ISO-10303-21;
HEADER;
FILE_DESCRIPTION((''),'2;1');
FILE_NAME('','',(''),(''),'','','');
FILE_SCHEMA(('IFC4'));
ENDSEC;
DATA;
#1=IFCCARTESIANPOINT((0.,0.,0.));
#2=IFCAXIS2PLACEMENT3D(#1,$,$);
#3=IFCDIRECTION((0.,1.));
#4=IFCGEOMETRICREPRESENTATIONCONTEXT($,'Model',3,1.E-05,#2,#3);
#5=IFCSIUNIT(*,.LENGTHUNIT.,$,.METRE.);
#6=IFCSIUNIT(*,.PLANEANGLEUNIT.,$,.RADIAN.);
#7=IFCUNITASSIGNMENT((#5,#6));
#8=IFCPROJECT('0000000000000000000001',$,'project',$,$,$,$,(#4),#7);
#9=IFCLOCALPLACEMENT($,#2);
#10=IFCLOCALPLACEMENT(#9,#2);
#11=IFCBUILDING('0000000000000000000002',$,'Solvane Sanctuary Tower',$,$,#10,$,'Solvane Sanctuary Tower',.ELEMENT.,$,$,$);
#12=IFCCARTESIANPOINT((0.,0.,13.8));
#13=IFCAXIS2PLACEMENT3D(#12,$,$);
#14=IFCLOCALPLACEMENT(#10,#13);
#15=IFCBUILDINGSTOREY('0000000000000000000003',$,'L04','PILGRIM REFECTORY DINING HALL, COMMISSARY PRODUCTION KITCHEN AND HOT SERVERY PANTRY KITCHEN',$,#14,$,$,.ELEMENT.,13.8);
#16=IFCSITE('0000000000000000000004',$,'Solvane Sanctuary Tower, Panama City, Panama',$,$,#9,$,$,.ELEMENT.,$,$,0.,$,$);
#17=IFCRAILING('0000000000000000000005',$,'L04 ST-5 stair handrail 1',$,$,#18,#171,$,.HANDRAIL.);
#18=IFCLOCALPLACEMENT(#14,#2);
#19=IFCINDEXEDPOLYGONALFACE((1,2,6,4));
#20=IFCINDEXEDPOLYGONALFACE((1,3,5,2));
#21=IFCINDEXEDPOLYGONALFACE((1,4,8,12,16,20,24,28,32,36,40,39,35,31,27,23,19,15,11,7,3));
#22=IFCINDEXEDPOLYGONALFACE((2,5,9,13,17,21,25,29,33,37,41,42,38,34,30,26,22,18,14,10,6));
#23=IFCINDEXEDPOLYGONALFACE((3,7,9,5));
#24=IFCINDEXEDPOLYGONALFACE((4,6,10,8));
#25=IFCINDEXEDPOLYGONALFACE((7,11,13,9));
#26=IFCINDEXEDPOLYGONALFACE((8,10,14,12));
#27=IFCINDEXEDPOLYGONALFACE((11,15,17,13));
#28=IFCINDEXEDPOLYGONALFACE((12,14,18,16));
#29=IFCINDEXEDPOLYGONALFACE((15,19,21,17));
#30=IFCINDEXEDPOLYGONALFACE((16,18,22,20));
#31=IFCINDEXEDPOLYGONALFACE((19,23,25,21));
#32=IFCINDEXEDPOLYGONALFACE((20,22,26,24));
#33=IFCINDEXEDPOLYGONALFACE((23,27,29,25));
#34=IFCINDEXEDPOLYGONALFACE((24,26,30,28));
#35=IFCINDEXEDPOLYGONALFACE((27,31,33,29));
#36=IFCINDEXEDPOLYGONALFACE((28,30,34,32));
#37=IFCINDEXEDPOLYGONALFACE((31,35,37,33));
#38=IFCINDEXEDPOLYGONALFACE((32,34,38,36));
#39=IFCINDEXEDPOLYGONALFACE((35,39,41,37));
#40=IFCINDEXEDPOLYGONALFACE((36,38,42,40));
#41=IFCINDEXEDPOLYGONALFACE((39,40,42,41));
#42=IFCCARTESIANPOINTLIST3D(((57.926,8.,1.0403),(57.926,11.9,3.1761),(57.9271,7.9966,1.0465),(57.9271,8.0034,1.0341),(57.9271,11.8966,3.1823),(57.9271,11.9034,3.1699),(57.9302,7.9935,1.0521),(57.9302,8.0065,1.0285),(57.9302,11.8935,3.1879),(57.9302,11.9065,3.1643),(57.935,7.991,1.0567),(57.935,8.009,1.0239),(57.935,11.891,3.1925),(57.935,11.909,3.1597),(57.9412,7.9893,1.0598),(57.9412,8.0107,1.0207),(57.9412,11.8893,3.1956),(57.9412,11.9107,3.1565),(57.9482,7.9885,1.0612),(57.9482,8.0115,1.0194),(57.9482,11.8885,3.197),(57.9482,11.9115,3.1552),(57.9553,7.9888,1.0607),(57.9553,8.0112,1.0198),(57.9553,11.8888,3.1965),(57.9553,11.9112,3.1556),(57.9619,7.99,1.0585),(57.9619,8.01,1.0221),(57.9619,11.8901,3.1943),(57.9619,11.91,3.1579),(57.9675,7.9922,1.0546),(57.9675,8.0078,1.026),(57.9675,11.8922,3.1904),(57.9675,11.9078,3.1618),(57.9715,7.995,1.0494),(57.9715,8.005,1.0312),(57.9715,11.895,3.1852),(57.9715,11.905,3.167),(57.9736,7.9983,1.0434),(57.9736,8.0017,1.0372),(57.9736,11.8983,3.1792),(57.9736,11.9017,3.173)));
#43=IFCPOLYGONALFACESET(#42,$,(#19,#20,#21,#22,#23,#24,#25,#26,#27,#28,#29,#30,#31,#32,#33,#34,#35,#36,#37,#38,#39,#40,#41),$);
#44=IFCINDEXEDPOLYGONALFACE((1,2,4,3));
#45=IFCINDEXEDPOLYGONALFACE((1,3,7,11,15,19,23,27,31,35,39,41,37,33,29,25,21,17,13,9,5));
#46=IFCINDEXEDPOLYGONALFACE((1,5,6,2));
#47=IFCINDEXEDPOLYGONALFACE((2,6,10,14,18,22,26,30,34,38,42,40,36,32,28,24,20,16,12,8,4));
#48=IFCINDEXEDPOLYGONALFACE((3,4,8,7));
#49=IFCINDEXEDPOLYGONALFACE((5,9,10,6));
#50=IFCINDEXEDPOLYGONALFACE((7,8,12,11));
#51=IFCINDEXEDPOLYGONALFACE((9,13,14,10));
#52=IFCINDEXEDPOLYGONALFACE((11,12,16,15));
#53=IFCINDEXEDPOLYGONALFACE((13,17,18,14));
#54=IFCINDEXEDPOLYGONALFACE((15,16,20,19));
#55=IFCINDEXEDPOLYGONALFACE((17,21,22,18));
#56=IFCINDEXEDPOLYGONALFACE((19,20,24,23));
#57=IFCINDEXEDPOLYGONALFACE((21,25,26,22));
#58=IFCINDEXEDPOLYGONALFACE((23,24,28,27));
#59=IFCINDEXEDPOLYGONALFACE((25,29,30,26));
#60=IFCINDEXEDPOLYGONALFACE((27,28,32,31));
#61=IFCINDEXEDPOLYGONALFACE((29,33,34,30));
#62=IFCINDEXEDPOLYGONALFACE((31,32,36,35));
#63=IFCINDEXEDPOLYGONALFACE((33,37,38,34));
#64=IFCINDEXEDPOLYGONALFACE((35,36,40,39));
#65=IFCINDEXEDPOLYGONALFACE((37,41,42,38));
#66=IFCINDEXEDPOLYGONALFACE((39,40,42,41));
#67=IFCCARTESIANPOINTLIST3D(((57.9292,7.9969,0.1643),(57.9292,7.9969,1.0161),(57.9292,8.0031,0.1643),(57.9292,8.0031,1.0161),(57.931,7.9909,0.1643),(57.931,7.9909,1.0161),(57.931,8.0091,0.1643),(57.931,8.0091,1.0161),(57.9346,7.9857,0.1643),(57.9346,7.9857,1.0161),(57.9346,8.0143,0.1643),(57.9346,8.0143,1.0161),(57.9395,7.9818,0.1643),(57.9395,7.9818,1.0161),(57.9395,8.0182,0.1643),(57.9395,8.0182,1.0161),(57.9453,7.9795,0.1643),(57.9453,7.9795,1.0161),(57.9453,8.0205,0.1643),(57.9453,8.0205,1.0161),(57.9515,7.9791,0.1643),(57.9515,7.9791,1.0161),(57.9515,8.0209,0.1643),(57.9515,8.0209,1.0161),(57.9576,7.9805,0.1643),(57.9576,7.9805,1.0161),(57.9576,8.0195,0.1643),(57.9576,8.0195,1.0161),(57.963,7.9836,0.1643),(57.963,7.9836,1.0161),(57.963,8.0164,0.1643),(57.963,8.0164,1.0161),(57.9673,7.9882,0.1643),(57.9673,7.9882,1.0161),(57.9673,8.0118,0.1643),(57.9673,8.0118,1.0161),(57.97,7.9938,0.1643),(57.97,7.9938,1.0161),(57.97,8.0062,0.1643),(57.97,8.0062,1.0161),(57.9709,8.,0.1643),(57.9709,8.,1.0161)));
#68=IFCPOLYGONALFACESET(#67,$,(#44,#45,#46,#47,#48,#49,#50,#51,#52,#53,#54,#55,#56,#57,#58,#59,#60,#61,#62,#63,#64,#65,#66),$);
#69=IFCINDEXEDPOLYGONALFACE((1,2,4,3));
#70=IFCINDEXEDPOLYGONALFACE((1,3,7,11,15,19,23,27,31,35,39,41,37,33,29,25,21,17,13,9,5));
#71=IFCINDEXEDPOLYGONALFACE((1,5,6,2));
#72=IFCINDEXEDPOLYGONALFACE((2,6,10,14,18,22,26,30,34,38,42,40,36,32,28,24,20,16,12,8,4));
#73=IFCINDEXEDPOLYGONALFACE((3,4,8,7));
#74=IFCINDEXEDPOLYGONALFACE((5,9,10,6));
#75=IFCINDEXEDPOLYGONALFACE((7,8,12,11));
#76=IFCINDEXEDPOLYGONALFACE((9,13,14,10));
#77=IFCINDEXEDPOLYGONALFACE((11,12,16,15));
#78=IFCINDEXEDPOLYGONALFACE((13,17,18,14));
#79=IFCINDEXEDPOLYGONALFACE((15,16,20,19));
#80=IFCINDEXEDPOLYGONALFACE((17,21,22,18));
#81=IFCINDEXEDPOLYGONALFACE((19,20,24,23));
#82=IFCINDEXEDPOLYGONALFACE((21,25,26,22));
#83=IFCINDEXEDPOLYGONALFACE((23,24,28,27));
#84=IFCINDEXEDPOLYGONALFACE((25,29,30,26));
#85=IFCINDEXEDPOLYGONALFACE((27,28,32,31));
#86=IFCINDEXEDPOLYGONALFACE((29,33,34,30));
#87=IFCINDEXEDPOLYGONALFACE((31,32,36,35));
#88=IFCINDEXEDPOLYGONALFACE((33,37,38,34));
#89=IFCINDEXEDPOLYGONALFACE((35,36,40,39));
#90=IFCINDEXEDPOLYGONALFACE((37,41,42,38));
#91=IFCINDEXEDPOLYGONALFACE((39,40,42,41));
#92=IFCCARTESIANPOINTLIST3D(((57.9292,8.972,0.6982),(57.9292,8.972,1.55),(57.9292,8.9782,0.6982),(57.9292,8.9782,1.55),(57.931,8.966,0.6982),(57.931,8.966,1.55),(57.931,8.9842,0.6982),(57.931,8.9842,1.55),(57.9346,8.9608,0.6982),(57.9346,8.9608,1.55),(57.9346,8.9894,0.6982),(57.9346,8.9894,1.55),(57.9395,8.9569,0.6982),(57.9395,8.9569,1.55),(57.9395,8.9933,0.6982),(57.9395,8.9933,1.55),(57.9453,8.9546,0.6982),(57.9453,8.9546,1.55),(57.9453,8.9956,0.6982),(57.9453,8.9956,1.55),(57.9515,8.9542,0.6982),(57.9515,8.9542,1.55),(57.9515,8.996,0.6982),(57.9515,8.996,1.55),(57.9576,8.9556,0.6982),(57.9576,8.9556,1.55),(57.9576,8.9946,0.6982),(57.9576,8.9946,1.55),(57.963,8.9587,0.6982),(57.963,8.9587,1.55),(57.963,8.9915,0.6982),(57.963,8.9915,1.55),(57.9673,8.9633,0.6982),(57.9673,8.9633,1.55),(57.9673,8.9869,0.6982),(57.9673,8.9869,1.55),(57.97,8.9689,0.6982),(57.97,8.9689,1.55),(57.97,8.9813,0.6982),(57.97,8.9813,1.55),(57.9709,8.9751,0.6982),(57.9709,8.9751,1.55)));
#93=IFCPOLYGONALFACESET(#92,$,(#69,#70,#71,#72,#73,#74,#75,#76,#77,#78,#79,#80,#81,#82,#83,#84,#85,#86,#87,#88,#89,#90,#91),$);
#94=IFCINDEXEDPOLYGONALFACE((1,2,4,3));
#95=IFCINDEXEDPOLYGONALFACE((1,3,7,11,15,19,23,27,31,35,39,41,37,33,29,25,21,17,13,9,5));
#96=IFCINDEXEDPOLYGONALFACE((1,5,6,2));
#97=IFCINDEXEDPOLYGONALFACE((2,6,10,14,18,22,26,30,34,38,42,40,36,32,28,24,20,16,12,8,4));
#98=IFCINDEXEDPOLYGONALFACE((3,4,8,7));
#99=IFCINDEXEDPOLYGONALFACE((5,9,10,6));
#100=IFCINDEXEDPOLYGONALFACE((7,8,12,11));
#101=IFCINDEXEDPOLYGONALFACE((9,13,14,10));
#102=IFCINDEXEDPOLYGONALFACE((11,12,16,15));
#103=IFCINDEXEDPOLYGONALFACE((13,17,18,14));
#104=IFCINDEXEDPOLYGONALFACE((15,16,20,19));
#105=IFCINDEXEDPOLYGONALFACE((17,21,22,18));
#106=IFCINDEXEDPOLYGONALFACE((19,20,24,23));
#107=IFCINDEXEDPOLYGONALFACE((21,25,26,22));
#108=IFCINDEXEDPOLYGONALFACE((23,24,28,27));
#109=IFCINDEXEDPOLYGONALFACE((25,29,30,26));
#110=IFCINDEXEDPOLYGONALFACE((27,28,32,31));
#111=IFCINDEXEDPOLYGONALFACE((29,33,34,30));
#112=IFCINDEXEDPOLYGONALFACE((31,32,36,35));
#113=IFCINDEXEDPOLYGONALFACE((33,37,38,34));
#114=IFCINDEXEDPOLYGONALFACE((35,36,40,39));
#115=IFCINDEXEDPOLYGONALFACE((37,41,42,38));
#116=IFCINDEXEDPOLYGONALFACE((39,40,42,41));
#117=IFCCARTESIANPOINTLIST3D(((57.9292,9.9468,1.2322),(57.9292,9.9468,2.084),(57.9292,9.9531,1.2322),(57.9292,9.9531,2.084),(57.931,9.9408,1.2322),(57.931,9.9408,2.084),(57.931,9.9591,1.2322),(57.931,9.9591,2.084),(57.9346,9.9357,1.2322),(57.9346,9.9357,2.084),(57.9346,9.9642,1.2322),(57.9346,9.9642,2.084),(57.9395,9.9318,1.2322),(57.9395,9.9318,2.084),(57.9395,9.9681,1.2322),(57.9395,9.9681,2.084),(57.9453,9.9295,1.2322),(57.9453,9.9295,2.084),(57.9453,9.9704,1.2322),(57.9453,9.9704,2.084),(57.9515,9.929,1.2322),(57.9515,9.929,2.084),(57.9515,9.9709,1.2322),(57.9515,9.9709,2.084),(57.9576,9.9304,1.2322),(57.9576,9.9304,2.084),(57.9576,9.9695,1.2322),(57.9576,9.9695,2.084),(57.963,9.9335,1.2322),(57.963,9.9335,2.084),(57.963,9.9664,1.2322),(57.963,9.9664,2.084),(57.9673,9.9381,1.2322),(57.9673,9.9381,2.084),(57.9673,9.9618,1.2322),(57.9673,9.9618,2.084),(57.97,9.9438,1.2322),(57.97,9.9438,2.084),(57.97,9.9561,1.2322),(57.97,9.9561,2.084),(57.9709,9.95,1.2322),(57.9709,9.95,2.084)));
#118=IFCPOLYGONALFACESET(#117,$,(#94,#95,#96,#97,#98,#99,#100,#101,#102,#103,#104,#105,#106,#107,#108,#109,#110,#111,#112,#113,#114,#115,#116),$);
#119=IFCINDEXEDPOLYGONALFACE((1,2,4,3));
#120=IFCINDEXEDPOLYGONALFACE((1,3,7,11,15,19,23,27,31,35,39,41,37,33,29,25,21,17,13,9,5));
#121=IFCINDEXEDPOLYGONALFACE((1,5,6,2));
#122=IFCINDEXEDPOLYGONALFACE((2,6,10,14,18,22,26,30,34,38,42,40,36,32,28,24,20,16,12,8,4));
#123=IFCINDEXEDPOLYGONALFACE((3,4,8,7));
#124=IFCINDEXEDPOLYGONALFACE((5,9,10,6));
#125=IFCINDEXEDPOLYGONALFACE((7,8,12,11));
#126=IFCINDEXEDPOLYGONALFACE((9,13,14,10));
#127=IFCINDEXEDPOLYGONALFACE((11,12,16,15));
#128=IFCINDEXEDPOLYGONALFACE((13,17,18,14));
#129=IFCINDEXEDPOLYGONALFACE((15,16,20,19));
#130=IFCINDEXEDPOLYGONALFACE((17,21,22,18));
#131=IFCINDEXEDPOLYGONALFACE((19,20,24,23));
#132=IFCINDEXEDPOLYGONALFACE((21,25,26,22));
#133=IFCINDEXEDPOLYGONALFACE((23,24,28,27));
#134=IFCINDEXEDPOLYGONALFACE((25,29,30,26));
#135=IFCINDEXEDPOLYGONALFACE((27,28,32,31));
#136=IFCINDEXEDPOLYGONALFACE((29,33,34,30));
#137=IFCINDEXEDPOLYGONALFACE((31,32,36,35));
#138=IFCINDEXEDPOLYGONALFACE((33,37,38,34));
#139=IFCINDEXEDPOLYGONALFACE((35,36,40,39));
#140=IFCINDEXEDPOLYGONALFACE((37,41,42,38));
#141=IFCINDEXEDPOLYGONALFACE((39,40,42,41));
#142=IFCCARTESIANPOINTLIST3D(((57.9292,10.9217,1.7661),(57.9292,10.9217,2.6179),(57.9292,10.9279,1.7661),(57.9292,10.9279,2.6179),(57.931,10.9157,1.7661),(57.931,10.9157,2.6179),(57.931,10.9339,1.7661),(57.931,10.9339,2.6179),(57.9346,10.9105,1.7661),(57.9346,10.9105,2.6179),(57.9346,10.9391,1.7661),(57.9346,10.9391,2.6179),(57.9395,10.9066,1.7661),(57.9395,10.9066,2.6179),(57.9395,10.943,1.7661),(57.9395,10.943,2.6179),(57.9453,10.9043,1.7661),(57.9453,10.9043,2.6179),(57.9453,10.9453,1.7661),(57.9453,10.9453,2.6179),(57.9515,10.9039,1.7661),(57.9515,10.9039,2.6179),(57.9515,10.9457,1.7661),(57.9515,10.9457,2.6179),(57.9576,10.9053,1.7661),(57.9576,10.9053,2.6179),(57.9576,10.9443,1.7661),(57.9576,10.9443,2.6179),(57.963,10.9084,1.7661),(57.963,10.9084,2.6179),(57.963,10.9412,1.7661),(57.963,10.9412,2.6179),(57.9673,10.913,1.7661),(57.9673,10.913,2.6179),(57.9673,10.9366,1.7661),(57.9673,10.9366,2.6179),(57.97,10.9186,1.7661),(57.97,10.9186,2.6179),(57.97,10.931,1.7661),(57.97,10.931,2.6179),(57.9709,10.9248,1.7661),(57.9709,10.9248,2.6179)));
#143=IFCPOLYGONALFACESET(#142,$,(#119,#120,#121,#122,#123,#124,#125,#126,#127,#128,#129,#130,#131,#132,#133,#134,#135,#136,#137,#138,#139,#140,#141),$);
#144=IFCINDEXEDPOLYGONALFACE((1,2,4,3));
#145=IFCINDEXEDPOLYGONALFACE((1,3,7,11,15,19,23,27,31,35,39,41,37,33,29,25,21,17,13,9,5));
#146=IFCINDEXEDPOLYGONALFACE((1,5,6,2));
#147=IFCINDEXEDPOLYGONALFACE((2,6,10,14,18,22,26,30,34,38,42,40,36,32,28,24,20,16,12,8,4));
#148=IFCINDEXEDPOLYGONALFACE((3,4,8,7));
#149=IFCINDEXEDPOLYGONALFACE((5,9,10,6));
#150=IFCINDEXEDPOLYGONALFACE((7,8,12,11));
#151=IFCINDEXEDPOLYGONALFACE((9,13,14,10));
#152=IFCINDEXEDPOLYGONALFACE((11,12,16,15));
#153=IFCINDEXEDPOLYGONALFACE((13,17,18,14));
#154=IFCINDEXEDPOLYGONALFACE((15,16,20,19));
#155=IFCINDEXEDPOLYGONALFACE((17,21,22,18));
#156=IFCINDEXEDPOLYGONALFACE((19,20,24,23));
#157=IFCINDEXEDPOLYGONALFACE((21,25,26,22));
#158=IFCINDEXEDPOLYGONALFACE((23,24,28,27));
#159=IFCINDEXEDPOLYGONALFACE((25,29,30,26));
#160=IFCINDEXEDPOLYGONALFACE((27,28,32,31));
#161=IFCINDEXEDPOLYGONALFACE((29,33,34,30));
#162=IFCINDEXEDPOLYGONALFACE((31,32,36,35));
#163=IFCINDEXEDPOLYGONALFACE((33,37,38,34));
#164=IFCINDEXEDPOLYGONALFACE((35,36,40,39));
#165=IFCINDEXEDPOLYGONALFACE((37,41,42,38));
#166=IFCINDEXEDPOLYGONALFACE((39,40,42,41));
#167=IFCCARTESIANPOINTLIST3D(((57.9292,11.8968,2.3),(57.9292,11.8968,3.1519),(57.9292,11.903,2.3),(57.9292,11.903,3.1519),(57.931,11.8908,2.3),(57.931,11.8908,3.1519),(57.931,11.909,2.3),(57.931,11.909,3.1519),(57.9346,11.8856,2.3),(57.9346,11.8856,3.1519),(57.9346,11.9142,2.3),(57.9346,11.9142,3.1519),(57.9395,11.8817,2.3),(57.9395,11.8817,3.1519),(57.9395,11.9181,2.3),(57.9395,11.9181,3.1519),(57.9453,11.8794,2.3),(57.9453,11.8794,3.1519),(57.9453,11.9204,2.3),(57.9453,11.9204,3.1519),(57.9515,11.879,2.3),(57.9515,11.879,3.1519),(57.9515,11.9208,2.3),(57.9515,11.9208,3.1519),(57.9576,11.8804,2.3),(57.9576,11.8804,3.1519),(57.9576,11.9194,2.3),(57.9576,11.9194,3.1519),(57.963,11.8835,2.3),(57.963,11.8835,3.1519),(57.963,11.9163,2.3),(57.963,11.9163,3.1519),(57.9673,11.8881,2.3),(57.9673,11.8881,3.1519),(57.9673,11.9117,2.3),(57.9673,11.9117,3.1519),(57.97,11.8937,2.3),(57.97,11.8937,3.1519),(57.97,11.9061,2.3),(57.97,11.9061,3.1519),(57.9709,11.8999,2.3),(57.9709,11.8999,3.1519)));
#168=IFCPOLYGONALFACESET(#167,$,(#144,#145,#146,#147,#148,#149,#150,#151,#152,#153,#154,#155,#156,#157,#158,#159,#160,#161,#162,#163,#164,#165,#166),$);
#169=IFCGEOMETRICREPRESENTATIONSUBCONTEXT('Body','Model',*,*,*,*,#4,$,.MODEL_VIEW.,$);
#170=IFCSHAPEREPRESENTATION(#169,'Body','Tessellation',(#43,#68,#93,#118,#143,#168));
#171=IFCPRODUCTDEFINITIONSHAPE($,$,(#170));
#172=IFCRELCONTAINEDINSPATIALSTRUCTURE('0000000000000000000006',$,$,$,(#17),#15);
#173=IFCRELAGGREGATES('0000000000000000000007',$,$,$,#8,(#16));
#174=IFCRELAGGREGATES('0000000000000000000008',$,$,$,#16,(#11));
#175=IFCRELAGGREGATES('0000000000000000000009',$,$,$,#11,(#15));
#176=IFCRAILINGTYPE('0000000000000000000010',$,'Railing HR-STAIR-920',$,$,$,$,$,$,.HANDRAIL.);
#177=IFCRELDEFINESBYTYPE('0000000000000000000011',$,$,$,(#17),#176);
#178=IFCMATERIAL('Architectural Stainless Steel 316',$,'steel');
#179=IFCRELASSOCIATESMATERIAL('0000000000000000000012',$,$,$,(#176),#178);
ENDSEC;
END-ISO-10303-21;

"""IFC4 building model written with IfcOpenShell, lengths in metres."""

from ifc_helpers import new_model, si_unit, direction, frame, origin, origin_2d, place, context, subcontext, project, spatial, circle, extrude, material, type_object, element, save


model = new_model("IFC4")

# Units and contexts
model_context = context("Model", 3, precision=1e-05, world=origin(), true_north=direction((0.0, 1.0)))
body_context = subcontext(model_context, "Body", "Model", "MODEL_VIEW")
ifc_project = project(units=[si_unit("LENGTHUNIT", "METRE"), si_unit("PLANEANGLEUNIT", "RADIAN")], contexts=[model_context])

# Site, building, storey
site_placement = place(None, origin())
site = spatial("IfcSite", under=ifc_project, at=site_placement, Name="Solvane Sanctuary Tower, Panama City, Panama", CompositionType="ELEMENT", RefElevation=0.0)
building_placement = place(site_placement, origin())
building = spatial("IfcBuilding", under=site, at=building_placement, Name="Solvane Sanctuary Tower", LongName="Solvane Sanctuary Tower", CompositionType="ELEMENT")
storey_placement = place(building_placement, frame((0.0, 0.0, 13.8)))
storey = spatial("IfcBuildingStorey", under=building, at=storey_placement, Name="L04", Description="PILGRIM REFECTORY DINING HALL, COMMISSARY PRODUCTION KITCHEN AND HOT SERVERY PANTRY KITCHEN", CompositionType="ELEMENT", Elevation=13.8)

# Shared definitions
ifc_material_1 = material(Name="Architectural Stainless Steel 316", Category="steel")

# Railing
railing_type_1 = type_object("IfcRailingType", Name="Railing HR-STAIR-920", PredefinedType="HANDRAIL", material=ifc_material_1)
railing_1_placement = place(storey_placement, frame((57.95, 8.0, 0.1643)))
element("IfcRailing", 1, at=railing_1_placement, inside=storey, type_object=railing_type_1, Name="L04 ST-5 stair handrail 1", PredefinedType="HANDRAIL", context=body_context, shape_type="SweptSolid", body=[
    extrude(circle(Radius=0.0239, at=origin_2d()), frame((0.0, 0.0, 0.876), z_axis=(0.0, 0.877089, 0.480329), x_axis=(-1.0, 0.0, 0.0)), (0.0, 0.0, 1.0), 4.4465),
    extrude(circle(Radius=0.021, at=origin_2d()), origin(), (0.0, 0.0, 1.0), 0.8518),
    extrude(circle(Radius=0.021, at=origin_2d()), frame((0.0, 0.9751, 0.5339)), (0.0, 0.0, 1.0), 0.8518),
    extrude(circle(Radius=0.021, at=origin_2d()), frame((0.0, 1.95, 1.0679)), (0.0, 0.0, 1.0), 0.8518),
    extrude(circle(Radius=0.021, at=origin_2d()), frame((0.0, 2.9248, 1.6018)), (0.0, 0.0, 1.0), 0.8518),
    extrude(circle(Radius=0.021, at=origin_2d()), frame((0.0, 3.8999, 2.1357)), (0.0, 0.0, 1.0), 0.8518),
])

save(model, "model.ifc")
